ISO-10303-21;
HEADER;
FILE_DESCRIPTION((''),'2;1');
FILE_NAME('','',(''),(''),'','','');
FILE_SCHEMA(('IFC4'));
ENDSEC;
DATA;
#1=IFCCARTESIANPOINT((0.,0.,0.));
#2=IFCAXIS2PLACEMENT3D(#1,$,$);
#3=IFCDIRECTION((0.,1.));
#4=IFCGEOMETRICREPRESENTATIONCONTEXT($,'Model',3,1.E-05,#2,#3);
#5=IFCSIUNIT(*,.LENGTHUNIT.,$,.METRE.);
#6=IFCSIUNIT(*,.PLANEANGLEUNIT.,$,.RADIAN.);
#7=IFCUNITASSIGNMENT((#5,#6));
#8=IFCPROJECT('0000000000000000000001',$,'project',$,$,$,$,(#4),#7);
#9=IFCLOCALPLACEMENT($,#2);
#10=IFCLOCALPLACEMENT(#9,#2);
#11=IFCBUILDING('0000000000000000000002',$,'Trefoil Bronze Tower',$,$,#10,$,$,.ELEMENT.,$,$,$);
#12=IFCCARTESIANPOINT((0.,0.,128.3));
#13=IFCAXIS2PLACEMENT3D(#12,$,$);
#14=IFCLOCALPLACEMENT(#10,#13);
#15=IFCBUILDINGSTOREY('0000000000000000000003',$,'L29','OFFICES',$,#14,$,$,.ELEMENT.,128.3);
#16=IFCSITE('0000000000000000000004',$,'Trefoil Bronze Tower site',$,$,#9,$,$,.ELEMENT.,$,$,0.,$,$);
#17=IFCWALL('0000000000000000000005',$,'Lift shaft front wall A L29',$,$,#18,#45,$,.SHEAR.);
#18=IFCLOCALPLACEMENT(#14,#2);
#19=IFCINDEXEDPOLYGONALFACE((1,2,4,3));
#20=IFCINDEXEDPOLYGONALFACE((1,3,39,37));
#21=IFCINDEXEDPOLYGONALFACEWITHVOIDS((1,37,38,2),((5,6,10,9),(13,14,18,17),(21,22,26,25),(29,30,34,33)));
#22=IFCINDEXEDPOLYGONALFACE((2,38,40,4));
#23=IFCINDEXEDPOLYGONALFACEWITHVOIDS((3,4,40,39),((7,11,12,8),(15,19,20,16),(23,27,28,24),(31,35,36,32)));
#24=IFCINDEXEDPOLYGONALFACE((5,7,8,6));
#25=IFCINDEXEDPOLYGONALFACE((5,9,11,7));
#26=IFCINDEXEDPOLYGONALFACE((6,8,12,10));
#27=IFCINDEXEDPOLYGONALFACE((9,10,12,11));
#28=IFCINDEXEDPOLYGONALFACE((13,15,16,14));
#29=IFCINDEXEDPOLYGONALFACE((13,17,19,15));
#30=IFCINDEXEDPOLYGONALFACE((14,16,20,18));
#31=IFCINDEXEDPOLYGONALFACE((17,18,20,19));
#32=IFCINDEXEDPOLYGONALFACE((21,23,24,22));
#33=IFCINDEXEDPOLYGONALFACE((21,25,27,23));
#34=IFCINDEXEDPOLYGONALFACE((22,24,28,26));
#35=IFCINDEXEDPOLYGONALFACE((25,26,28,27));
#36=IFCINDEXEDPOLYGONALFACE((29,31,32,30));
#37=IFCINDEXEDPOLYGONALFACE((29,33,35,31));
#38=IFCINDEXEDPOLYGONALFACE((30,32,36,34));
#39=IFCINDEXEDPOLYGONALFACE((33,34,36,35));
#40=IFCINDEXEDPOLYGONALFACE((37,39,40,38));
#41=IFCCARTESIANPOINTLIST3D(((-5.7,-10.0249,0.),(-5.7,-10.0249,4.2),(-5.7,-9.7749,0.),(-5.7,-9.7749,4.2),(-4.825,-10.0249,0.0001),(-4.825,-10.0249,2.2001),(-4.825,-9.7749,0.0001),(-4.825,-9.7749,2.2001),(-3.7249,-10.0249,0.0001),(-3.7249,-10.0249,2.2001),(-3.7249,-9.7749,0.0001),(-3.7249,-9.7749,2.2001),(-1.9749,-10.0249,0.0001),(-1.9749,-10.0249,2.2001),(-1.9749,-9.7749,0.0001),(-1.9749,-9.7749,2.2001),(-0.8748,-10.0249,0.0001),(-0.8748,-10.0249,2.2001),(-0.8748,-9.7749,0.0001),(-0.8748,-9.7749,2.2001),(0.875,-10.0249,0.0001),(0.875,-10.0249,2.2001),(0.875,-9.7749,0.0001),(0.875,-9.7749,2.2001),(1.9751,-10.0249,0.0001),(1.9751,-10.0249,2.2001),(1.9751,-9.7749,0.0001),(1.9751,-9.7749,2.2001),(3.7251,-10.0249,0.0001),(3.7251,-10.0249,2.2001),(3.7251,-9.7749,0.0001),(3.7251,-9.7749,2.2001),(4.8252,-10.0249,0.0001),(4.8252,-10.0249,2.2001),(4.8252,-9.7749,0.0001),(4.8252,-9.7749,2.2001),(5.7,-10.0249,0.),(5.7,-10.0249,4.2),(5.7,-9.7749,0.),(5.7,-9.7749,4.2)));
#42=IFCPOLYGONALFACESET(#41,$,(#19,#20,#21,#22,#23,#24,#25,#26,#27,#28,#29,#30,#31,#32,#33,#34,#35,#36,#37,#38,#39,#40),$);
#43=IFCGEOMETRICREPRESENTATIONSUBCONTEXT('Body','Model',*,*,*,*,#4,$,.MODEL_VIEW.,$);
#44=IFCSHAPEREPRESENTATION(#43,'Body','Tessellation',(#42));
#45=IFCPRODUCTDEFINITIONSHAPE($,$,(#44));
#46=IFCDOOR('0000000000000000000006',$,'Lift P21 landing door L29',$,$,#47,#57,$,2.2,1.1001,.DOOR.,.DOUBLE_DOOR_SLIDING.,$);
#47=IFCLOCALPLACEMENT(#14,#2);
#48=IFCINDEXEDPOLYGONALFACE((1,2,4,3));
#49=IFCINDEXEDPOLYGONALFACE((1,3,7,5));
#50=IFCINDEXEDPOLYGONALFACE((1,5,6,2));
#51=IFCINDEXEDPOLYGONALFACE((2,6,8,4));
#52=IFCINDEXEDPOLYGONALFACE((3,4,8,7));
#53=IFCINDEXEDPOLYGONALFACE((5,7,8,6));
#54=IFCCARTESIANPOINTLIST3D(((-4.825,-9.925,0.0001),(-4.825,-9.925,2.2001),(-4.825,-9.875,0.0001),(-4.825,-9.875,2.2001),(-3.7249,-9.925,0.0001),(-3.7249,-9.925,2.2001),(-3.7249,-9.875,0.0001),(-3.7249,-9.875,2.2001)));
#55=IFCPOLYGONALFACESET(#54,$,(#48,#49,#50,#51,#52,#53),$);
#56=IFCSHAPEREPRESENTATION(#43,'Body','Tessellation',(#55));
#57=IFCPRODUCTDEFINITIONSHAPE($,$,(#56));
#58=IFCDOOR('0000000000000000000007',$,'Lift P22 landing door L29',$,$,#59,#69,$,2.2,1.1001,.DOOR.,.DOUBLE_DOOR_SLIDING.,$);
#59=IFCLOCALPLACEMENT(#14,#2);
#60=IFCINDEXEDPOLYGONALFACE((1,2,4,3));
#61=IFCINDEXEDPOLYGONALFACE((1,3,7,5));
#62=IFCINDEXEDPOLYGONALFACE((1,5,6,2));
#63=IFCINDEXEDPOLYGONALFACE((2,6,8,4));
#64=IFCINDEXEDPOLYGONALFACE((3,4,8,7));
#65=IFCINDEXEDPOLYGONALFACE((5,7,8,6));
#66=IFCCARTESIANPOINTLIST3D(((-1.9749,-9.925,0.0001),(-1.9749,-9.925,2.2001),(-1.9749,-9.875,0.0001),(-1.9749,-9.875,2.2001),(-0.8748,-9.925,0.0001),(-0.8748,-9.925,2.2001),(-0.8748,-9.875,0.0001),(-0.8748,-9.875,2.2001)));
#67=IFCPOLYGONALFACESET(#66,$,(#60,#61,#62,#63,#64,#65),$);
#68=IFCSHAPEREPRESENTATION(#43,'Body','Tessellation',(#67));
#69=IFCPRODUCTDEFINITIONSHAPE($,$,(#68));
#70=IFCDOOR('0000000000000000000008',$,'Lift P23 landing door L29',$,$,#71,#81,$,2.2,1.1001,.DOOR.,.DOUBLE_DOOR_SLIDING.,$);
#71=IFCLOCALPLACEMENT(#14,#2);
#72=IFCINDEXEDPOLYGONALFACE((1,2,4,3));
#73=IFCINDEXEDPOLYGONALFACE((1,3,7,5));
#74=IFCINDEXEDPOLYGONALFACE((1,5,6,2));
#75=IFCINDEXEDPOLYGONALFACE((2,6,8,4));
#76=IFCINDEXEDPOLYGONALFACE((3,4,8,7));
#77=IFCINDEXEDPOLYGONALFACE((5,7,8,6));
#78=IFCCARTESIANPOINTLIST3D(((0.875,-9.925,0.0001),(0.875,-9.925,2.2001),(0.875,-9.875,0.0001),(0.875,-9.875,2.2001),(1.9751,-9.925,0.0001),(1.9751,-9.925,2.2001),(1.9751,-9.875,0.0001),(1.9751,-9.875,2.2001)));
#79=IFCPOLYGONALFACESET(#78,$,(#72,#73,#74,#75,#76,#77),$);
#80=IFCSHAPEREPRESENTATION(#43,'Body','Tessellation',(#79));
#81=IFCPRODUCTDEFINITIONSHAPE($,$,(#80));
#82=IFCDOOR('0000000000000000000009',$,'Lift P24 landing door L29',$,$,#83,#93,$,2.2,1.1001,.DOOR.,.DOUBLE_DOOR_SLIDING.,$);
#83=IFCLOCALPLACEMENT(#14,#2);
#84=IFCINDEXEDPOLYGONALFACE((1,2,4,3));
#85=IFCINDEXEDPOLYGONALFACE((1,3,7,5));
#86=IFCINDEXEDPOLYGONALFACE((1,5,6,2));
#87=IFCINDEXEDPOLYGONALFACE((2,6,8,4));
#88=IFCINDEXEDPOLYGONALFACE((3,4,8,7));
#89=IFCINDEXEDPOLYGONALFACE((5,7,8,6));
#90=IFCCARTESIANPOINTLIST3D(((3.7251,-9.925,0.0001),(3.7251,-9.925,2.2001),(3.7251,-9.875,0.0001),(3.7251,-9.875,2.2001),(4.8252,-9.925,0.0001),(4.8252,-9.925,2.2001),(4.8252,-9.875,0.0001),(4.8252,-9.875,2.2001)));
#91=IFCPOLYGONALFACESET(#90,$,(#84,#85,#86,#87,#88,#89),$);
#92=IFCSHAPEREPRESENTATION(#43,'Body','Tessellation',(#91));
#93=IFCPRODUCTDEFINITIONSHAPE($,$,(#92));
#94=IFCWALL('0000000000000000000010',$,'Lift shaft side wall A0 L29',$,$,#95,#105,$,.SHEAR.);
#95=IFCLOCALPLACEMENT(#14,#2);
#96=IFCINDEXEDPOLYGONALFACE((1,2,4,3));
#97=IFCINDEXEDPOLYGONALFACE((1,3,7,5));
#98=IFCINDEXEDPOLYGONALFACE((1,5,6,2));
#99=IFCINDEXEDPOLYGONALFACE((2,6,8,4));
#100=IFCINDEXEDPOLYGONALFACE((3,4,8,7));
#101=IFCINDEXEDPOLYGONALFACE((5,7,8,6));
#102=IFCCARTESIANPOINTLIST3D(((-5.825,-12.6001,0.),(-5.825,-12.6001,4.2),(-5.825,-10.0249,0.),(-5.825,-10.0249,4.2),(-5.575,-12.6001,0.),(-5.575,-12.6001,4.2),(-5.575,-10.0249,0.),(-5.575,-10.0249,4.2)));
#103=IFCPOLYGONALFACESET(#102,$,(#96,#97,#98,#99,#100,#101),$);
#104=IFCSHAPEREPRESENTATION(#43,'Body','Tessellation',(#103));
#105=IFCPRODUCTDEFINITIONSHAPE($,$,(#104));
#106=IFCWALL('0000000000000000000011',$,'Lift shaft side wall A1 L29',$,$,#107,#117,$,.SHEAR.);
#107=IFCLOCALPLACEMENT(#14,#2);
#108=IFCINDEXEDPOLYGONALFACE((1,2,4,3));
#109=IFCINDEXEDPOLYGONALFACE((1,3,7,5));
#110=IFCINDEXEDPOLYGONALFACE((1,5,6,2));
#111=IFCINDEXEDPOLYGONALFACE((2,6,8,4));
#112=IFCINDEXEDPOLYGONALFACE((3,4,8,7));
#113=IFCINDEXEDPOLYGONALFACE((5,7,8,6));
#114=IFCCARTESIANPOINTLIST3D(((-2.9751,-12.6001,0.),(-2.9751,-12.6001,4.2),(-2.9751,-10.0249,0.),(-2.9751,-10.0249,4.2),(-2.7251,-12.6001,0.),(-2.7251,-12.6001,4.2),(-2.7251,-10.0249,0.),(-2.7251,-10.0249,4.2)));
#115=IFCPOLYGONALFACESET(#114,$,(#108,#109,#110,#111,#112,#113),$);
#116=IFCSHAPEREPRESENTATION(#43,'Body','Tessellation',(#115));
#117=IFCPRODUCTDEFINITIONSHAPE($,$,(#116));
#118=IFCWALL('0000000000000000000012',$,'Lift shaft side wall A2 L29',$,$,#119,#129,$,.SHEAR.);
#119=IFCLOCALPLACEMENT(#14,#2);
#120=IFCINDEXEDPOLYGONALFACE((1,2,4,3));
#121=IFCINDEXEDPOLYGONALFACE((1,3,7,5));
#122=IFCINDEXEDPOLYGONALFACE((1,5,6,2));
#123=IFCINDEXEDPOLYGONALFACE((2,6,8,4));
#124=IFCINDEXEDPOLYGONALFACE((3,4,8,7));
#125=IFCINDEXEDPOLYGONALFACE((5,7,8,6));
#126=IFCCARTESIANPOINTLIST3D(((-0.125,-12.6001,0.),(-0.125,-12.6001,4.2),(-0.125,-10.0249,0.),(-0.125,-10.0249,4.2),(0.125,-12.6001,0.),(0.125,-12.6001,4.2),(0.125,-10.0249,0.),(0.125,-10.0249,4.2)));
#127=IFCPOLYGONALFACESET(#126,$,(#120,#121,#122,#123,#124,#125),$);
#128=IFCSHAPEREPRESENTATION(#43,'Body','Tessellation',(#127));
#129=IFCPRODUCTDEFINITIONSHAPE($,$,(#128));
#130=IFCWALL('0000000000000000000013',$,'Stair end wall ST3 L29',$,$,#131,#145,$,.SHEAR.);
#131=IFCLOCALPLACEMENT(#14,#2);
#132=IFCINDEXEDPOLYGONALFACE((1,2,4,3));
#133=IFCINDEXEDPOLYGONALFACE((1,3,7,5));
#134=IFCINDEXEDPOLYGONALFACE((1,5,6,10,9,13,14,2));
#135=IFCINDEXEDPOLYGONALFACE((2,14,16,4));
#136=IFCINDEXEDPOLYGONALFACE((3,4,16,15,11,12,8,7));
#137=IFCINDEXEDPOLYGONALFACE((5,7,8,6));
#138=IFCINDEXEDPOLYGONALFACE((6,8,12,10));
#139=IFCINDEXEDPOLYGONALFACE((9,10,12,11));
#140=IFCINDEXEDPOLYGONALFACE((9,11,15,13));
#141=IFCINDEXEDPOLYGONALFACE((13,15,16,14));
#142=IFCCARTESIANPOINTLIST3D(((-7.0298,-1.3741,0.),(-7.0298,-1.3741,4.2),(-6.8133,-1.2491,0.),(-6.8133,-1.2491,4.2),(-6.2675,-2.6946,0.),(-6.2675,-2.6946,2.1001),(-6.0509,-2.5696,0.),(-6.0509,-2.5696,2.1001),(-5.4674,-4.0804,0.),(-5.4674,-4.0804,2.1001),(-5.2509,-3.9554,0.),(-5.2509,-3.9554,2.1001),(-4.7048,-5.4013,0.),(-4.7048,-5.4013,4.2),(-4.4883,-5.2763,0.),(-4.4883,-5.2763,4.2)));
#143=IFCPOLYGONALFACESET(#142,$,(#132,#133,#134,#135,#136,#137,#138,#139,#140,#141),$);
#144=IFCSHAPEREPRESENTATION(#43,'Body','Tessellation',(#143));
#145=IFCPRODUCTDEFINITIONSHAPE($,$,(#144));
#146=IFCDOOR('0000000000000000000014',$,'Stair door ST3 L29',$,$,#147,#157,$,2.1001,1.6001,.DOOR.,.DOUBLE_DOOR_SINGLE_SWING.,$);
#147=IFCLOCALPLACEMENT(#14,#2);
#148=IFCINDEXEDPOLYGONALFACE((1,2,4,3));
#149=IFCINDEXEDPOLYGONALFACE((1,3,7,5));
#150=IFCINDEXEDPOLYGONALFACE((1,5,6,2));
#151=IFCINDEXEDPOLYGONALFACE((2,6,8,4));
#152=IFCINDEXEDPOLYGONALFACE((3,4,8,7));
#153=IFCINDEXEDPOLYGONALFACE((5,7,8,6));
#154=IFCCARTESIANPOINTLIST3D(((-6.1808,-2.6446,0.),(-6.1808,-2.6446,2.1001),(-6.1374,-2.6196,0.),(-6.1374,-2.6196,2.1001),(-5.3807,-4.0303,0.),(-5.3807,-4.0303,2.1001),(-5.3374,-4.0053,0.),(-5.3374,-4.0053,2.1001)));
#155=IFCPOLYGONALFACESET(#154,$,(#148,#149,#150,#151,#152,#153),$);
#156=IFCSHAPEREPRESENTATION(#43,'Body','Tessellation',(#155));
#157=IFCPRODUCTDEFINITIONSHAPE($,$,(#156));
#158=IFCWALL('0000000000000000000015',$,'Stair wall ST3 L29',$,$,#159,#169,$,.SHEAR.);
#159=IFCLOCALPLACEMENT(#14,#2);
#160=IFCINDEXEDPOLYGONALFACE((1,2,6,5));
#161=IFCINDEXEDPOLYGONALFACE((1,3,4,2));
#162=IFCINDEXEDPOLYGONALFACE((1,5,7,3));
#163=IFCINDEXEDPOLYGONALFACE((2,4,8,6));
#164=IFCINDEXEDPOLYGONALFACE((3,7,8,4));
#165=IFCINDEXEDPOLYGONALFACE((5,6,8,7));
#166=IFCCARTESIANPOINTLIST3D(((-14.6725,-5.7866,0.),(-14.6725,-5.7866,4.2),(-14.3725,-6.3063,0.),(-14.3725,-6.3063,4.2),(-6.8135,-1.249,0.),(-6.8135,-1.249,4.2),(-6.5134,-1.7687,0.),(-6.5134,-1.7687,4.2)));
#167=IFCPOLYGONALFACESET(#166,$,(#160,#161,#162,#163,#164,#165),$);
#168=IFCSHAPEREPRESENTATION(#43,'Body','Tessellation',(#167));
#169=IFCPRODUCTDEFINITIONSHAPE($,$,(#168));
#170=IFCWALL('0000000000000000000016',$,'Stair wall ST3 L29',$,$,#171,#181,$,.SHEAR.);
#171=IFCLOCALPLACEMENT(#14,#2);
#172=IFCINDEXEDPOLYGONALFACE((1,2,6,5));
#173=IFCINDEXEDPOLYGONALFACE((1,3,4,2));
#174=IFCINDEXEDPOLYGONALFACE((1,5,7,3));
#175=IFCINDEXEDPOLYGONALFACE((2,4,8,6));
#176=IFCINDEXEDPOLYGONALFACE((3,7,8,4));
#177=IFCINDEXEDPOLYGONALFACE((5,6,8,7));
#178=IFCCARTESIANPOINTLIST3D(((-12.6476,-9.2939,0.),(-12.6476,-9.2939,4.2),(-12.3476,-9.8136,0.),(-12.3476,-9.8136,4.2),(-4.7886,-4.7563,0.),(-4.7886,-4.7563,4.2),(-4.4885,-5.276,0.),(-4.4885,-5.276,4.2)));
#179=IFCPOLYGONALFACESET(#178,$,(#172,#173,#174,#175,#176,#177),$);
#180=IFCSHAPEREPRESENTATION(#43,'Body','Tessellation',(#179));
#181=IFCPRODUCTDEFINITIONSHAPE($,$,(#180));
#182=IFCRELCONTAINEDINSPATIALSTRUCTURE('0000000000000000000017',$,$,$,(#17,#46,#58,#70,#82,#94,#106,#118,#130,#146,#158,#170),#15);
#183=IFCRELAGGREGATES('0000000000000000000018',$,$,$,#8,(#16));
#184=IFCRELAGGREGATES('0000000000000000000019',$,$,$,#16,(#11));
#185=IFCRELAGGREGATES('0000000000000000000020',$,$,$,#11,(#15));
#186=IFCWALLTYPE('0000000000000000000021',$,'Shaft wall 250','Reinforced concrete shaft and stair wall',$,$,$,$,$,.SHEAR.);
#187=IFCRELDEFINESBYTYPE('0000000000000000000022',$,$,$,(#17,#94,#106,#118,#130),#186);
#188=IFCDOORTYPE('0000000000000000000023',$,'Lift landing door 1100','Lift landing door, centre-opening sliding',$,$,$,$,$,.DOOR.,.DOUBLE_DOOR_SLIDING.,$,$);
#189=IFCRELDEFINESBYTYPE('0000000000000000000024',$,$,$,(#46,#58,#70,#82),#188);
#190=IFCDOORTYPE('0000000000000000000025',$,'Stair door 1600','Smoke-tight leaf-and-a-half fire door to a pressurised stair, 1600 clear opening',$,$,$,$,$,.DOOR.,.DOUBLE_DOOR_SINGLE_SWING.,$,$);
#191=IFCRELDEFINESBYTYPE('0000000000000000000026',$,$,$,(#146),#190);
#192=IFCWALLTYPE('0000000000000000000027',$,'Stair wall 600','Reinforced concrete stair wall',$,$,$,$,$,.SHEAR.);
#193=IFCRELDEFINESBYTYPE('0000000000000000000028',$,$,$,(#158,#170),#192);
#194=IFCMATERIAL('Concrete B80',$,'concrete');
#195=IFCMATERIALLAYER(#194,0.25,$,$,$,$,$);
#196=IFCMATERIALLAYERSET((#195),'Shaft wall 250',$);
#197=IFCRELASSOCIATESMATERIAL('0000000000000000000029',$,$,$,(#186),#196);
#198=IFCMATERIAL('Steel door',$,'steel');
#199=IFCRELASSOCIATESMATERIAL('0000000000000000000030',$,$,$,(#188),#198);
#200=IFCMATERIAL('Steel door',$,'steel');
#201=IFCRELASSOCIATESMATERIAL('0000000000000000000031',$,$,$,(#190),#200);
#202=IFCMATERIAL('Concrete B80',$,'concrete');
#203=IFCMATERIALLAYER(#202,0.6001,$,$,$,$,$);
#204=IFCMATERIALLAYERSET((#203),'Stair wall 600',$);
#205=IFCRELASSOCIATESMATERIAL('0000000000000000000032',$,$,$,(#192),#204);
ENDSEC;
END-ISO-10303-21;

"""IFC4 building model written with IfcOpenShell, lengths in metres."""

from ifc_helpers import new_model, si_unit, direction, frame, frame_2d, origin, place, context, subcontext, project, spatial, rectangle, extrude, material, layer, layer_set, type_object, element, fill, save


model = new_model("IFC4")

# Units and contexts
model_context = context("Model", 3, precision=1e-05, world=origin(), true_north=direction((0.0, 1.0)))
body_context = subcontext(model_context, "Body", "Model", "MODEL_VIEW")
ifc_project = project(units=[si_unit("LENGTHUNIT", "METRE"), si_unit("PLANEANGLEUNIT", "RADIAN")], contexts=[model_context])

# Site, building, storey
site_placement = place(None, origin())
site = spatial("IfcSite", under=ifc_project, at=site_placement, Name="Trefoil Bronze Tower site", CompositionType="ELEMENT", RefElevation=0.0)
building_placement = place(site_placement, origin())
building = spatial("IfcBuilding", under=site, at=building_placement, Name="Trefoil Bronze Tower", CompositionType="ELEMENT")
storey_placement = place(building_placement, frame((0.0, 0.0, 128.3)))
storey = spatial("IfcBuildingStorey", under=building, at=storey_placement, Name="L29", Description="OFFICES", CompositionType="ELEMENT", Elevation=128.3)

# Wall, openings, doors
ifc_material_1 = material(Name="Concrete B80", Category="concrete")
ifc_layer_1 = layer(ifc_material_1, 0.25)
ifc_layer_set_1 = layer_set([ifc_layer_1], Name="Shaft wall 250")
wall_type_1 = type_object("IfcWallType", Name="Shaft wall 250", Description="Reinforced concrete shaft and stair wall", PredefinedType="SHEAR", material=ifc_layer_set_1)
wall_1_placement = place(storey_placement, frame((-5.7, -9.8999, 0.0), z_axis=(0.0, 0.0, 1.0), x_axis=(1.0, 0.0, 0.0)))
wall_1 = element("IfcWall", 1, at=wall_1_placement, inside=storey, type_object=wall_type_1, Name="Lift shaft front wall A L29", PredefinedType="SHEAR", context=body_context, shape_type="SweptSolid", body=[
    extrude(rectangle(XDim=11.3999, YDim=0.25, at=frame_2d((5.7, 0.0))), origin(), (0.0, 0.0, 1.0), 4.2),
])
opening_1_placement = place(wall_1_placement, frame((0.875, 0.0, 0.0)))
opening_1 = element("IfcOpeningElement", 2, at=opening_1_placement, cuts=wall_1, PredefinedType="OPENING", context=body_context, shape_type="SweptSolid", body=[
    extrude(rectangle(XDim=1.1001, YDim=2.2, at=frame_2d((0.55, 1.1001))), frame((0.0, 0.135, 0.0), z_axis=(0.0, -1.0, 0.0), x_axis=(1.0, 0.0, 0.0)), (0.0, 0.0, 1.0), 0.27),
])
opening_2_placement = place(wall_1_placement, frame((3.7251, 0.0, 0.0)))
opening_2 = element("IfcOpeningElement", 3, at=opening_2_placement, cuts=wall_1, PredefinedType="OPENING", context=body_context, shape_type="SweptSolid", body=[
    extrude(rectangle(XDim=1.1001, YDim=2.2, at=frame_2d((0.55, 1.1001))), frame((0.0, 0.135, 0.0), z_axis=(0.0, -1.0, 0.0), x_axis=(1.0, 0.0, 0.0)), (0.0, 0.0, 1.0), 0.27),
])
opening_3_placement = place(wall_1_placement, frame((6.575, 0.0, 0.0)))
opening_3 = element("IfcOpeningElement", 4, at=opening_3_placement, cuts=wall_1, PredefinedType="OPENING", context=body_context, shape_type="SweptSolid", body=[
    extrude(rectangle(XDim=1.1001, YDim=2.2, at=frame_2d((0.55, 1.1001))), frame((0.0, 0.135, 0.0), z_axis=(0.0, -1.0, 0.0), x_axis=(1.0, 0.0, 0.0)), (0.0, 0.0, 1.0), 0.27),
])
opening_4_placement = place(wall_1_placement, frame((9.425, 0.0, 0.0)))
opening_4 = element("IfcOpeningElement", 5, at=opening_4_placement, cuts=wall_1, PredefinedType="OPENING", context=body_context, shape_type="SweptSolid", body=[
    extrude(rectangle(XDim=1.1001, YDim=2.2, at=frame_2d((0.55, 1.1001))), frame((0.0, 0.135, 0.0), z_axis=(0.0, -1.0, 0.0), x_axis=(1.0, 0.0, 0.0)), (0.0, 0.0, 1.0), 0.27),
])
ifc_material_2 = material(Name="Steel door", Category="steel")
door_type_1 = type_object("IfcDoorType", Name="Lift landing door 1100", Description="Lift landing door, centre-opening sliding", OperationType="DOUBLE_DOOR_SLIDING", PredefinedType="DOOR", material=ifc_material_2)
door_1_placement = place(opening_1_placement, origin())
door_1 = element("IfcDoor", 6, at=door_1_placement, inside=storey, type_object=door_type_1, Name="Lift P21 landing door L29", OperationType="DOUBLE_DOOR_SLIDING", OverallHeight=2.2, OverallWidth=1.1001, PredefinedType="DOOR", context=body_context, shape_type="SweptSolid", body=[
    extrude(rectangle(XDim=1.1001, YDim=2.2, at=frame_2d((0.55, 1.1001))), frame((0.0, 0.0249, 0.0), z_axis=(0.0, -1.0, 0.0), x_axis=(1.0, 0.0, 0.0)), (0.0, 0.0, 1.0), 0.05),
])
fill(opening_1, door_1)
door_2_placement = place(opening_2_placement, origin())
door_2 = element("IfcDoor", 7, at=door_2_placement, inside=storey, type_object=door_type_1, Name="Lift P22 landing door L29", OperationType="DOUBLE_DOOR_SLIDING", OverallHeight=2.2, OverallWidth=1.1001, PredefinedType="DOOR", context=body_context, shape_type="SweptSolid", body=[
    extrude(rectangle(XDim=1.1001, YDim=2.2, at=frame_2d((0.55, 1.1001))), frame((0.0, 0.0249, 0.0), z_axis=(0.0, -1.0, 0.0), x_axis=(1.0, 0.0, 0.0)), (0.0, 0.0, 1.0), 0.05),
])
fill(opening_2, door_2)
door_3_placement = place(opening_3_placement, origin())
door_3 = element("IfcDoor", 8, at=door_3_placement, inside=storey, type_object=door_type_1, Name="Lift P23 landing door L29", OperationType="DOUBLE_DOOR_SLIDING", OverallHeight=2.2, OverallWidth=1.1001, PredefinedType="DOOR", context=body_context, shape_type="SweptSolid", body=[
    extrude(rectangle(XDim=1.1001, YDim=2.2, at=frame_2d((0.55, 1.1001))), frame((0.0, 0.0249, 0.0), z_axis=(0.0, -1.0, 0.0), x_axis=(1.0, 0.0, 0.0)), (0.0, 0.0, 1.0), 0.05),
])
fill(opening_3, door_3)
door_4_placement = place(opening_4_placement, origin())
door_4 = element("IfcDoor", 9, at=door_4_placement, inside=storey, type_object=door_type_1, Name="Lift P24 landing door L29", OperationType="DOUBLE_DOOR_SLIDING", OverallHeight=2.2, OverallWidth=1.1001, PredefinedType="DOOR", context=body_context, shape_type="SweptSolid", body=[
    extrude(rectangle(XDim=1.1001, YDim=2.2, at=frame_2d((0.55, 1.1001))), frame((0.0, 0.0249, 0.0), z_axis=(0.0, -1.0, 0.0), x_axis=(1.0, 0.0, 0.0)), (0.0, 0.0, 1.0), 0.05),
])
fill(opening_4, door_4)

# Walls
for number, where, z_axis, x_axis, name in (
    (10, (-5.7, -10.0249, 0.0), (0.0, 0.0, 1.0), (0.0, -1.0, 0.0), "Lift shaft side wall A0 L29"),
    (11, (-2.8501, -10.0249, 0.0), (0.0, 0.0, 1.0), (0.0, -1.0, 0.0), "Lift shaft side wall A1 L29"),
    (12, (0.0, -10.0249, 0.0), (0.0, 0.0, 1.0), (0.0, -1.0, 0.0), "Lift shaft side wall A2 L29"),
):
    element("IfcWall", number, at=place(storey_placement, frame(where, z_axis=z_axis, x_axis=x_axis)), inside=storey, type_object=wall_type_1, Name=name, PredefinedType="SHEAR", context=body_context, shape_type="SweptSolid", body=[
        extrude(rectangle(XDim=2.5752, YDim=0.25, at=frame_2d((1.2876, 0.0))), origin(), (0.0, 0.0, 1.0), 4.2),
    ])

# Wall, opening, door
wall_2_placement = place(storey_placement, frame((-6.9216, -1.3115, 0.0), z_axis=(0.0, 0.0, 1.0), x_axis=(0.499985, -0.866034, 0.0)))
wall_2 = element("IfcWall", 13, at=wall_2_placement, inside=storey, type_object=wall_type_1, Name="Stair end wall ST3 L29", PredefinedType="SHEAR", context=body_context, shape_type="SweptSolid", body=[
    extrude(rectangle(XDim=4.6501, YDim=0.25, at=frame_2d((2.3252, 0.0))), origin(), (0.0, 0.0, 1.0), 4.2),
])
opening_5_placement = place(wall_2_placement, frame((1.5249, 0.0, 0.0)))
opening_5 = element("IfcOpeningElement", 14, at=opening_5_placement, cuts=wall_2, PredefinedType="OPENING", context=body_context, shape_type="SweptSolid", body=[
    extrude(rectangle(XDim=1.6001, YDim=2.1001, at=frame_2d((0.8, 1.05))), frame((0.0, 0.135, 0.0), z_axis=(0.0, -1.0, 0.0), x_axis=(1.0, 0.0, 0.0)), (0.0, 0.0, 1.0), 0.27),
])
ifc_material_3 = material(Name="Steel door", Category="steel")
door_type_2 = type_object("IfcDoorType", Name="Stair door 1600", Description="Smoke-tight leaf-and-a-half fire door to a pressurised stair, 1600 clear opening", OperationType="DOUBLE_DOOR_SINGLE_SWING", PredefinedType="DOOR", material=ifc_material_3)
door_5_placement = place(opening_5_placement, frame((1.6001, 0.0, 0.0), z_axis=(0.0, 0.0, 1.0), x_axis=(-1.0, 0.0, 0.0)))
door_5 = element("IfcDoor", 15, at=door_5_placement, inside=storey, type_object=door_type_2, Name="Stair door ST3 L29", OperationType="DOUBLE_DOOR_SINGLE_SWING", OverallHeight=2.1001, OverallWidth=1.6001, PredefinedType="DOOR", context=body_context, shape_type="SweptSolid", body=[
    extrude(rectangle(XDim=1.6001, YDim=2.1001, at=frame_2d((0.8, 1.05))), frame((0.0, 0.0249, 0.0), z_axis=(0.0, -1.0, 0.0), x_axis=(1.0, 0.0, 0.0)), (0.0, 0.0, 1.0), 0.05),
])
fill(opening_5, door_5)

# Walls
ifc_material_4 = material(Name="Concrete B80", Category="concrete")
ifc_layer_2 = layer(ifc_material_4, 0.6001)
ifc_layer_set_2 = layer_set([ifc_layer_2], Name="Stair wall 600")
wall_type_2 = type_object("IfcWallType", Name="Stair wall 600", Description="Reinforced concrete stair wall", PredefinedType="SHEAR", material=ifc_layer_set_2)
for number, where, z_axis, x_axis, name in (
    (16, (-6.6633, -1.5088, 0.0), (0.0, 0.0, 1.0), (-0.866019, -0.50001, 0.0), "Stair wall ST3 L29"),
    (17, (-4.6384, -5.0161, 0.0), (0.0, 0.0, 1.0), (-0.866019, -0.50001, 0.0), "Stair wall ST3 L29"),
):
    element("IfcWall", number, at=place(storey_placement, frame(where, z_axis=z_axis, x_axis=x_axis)), inside=storey, type_object=wall_type_2, Name=name, PredefinedType="SHEAR", context=body_context, shape_type="SweptSolid", body=[
        extrude(rectangle(XDim=9.075, YDim=0.6001, at=frame_2d((4.5376, 0.0))), origin(), (0.0, 0.0, 1.0), 4.2),
    ])

save(model, "model.ifc")
